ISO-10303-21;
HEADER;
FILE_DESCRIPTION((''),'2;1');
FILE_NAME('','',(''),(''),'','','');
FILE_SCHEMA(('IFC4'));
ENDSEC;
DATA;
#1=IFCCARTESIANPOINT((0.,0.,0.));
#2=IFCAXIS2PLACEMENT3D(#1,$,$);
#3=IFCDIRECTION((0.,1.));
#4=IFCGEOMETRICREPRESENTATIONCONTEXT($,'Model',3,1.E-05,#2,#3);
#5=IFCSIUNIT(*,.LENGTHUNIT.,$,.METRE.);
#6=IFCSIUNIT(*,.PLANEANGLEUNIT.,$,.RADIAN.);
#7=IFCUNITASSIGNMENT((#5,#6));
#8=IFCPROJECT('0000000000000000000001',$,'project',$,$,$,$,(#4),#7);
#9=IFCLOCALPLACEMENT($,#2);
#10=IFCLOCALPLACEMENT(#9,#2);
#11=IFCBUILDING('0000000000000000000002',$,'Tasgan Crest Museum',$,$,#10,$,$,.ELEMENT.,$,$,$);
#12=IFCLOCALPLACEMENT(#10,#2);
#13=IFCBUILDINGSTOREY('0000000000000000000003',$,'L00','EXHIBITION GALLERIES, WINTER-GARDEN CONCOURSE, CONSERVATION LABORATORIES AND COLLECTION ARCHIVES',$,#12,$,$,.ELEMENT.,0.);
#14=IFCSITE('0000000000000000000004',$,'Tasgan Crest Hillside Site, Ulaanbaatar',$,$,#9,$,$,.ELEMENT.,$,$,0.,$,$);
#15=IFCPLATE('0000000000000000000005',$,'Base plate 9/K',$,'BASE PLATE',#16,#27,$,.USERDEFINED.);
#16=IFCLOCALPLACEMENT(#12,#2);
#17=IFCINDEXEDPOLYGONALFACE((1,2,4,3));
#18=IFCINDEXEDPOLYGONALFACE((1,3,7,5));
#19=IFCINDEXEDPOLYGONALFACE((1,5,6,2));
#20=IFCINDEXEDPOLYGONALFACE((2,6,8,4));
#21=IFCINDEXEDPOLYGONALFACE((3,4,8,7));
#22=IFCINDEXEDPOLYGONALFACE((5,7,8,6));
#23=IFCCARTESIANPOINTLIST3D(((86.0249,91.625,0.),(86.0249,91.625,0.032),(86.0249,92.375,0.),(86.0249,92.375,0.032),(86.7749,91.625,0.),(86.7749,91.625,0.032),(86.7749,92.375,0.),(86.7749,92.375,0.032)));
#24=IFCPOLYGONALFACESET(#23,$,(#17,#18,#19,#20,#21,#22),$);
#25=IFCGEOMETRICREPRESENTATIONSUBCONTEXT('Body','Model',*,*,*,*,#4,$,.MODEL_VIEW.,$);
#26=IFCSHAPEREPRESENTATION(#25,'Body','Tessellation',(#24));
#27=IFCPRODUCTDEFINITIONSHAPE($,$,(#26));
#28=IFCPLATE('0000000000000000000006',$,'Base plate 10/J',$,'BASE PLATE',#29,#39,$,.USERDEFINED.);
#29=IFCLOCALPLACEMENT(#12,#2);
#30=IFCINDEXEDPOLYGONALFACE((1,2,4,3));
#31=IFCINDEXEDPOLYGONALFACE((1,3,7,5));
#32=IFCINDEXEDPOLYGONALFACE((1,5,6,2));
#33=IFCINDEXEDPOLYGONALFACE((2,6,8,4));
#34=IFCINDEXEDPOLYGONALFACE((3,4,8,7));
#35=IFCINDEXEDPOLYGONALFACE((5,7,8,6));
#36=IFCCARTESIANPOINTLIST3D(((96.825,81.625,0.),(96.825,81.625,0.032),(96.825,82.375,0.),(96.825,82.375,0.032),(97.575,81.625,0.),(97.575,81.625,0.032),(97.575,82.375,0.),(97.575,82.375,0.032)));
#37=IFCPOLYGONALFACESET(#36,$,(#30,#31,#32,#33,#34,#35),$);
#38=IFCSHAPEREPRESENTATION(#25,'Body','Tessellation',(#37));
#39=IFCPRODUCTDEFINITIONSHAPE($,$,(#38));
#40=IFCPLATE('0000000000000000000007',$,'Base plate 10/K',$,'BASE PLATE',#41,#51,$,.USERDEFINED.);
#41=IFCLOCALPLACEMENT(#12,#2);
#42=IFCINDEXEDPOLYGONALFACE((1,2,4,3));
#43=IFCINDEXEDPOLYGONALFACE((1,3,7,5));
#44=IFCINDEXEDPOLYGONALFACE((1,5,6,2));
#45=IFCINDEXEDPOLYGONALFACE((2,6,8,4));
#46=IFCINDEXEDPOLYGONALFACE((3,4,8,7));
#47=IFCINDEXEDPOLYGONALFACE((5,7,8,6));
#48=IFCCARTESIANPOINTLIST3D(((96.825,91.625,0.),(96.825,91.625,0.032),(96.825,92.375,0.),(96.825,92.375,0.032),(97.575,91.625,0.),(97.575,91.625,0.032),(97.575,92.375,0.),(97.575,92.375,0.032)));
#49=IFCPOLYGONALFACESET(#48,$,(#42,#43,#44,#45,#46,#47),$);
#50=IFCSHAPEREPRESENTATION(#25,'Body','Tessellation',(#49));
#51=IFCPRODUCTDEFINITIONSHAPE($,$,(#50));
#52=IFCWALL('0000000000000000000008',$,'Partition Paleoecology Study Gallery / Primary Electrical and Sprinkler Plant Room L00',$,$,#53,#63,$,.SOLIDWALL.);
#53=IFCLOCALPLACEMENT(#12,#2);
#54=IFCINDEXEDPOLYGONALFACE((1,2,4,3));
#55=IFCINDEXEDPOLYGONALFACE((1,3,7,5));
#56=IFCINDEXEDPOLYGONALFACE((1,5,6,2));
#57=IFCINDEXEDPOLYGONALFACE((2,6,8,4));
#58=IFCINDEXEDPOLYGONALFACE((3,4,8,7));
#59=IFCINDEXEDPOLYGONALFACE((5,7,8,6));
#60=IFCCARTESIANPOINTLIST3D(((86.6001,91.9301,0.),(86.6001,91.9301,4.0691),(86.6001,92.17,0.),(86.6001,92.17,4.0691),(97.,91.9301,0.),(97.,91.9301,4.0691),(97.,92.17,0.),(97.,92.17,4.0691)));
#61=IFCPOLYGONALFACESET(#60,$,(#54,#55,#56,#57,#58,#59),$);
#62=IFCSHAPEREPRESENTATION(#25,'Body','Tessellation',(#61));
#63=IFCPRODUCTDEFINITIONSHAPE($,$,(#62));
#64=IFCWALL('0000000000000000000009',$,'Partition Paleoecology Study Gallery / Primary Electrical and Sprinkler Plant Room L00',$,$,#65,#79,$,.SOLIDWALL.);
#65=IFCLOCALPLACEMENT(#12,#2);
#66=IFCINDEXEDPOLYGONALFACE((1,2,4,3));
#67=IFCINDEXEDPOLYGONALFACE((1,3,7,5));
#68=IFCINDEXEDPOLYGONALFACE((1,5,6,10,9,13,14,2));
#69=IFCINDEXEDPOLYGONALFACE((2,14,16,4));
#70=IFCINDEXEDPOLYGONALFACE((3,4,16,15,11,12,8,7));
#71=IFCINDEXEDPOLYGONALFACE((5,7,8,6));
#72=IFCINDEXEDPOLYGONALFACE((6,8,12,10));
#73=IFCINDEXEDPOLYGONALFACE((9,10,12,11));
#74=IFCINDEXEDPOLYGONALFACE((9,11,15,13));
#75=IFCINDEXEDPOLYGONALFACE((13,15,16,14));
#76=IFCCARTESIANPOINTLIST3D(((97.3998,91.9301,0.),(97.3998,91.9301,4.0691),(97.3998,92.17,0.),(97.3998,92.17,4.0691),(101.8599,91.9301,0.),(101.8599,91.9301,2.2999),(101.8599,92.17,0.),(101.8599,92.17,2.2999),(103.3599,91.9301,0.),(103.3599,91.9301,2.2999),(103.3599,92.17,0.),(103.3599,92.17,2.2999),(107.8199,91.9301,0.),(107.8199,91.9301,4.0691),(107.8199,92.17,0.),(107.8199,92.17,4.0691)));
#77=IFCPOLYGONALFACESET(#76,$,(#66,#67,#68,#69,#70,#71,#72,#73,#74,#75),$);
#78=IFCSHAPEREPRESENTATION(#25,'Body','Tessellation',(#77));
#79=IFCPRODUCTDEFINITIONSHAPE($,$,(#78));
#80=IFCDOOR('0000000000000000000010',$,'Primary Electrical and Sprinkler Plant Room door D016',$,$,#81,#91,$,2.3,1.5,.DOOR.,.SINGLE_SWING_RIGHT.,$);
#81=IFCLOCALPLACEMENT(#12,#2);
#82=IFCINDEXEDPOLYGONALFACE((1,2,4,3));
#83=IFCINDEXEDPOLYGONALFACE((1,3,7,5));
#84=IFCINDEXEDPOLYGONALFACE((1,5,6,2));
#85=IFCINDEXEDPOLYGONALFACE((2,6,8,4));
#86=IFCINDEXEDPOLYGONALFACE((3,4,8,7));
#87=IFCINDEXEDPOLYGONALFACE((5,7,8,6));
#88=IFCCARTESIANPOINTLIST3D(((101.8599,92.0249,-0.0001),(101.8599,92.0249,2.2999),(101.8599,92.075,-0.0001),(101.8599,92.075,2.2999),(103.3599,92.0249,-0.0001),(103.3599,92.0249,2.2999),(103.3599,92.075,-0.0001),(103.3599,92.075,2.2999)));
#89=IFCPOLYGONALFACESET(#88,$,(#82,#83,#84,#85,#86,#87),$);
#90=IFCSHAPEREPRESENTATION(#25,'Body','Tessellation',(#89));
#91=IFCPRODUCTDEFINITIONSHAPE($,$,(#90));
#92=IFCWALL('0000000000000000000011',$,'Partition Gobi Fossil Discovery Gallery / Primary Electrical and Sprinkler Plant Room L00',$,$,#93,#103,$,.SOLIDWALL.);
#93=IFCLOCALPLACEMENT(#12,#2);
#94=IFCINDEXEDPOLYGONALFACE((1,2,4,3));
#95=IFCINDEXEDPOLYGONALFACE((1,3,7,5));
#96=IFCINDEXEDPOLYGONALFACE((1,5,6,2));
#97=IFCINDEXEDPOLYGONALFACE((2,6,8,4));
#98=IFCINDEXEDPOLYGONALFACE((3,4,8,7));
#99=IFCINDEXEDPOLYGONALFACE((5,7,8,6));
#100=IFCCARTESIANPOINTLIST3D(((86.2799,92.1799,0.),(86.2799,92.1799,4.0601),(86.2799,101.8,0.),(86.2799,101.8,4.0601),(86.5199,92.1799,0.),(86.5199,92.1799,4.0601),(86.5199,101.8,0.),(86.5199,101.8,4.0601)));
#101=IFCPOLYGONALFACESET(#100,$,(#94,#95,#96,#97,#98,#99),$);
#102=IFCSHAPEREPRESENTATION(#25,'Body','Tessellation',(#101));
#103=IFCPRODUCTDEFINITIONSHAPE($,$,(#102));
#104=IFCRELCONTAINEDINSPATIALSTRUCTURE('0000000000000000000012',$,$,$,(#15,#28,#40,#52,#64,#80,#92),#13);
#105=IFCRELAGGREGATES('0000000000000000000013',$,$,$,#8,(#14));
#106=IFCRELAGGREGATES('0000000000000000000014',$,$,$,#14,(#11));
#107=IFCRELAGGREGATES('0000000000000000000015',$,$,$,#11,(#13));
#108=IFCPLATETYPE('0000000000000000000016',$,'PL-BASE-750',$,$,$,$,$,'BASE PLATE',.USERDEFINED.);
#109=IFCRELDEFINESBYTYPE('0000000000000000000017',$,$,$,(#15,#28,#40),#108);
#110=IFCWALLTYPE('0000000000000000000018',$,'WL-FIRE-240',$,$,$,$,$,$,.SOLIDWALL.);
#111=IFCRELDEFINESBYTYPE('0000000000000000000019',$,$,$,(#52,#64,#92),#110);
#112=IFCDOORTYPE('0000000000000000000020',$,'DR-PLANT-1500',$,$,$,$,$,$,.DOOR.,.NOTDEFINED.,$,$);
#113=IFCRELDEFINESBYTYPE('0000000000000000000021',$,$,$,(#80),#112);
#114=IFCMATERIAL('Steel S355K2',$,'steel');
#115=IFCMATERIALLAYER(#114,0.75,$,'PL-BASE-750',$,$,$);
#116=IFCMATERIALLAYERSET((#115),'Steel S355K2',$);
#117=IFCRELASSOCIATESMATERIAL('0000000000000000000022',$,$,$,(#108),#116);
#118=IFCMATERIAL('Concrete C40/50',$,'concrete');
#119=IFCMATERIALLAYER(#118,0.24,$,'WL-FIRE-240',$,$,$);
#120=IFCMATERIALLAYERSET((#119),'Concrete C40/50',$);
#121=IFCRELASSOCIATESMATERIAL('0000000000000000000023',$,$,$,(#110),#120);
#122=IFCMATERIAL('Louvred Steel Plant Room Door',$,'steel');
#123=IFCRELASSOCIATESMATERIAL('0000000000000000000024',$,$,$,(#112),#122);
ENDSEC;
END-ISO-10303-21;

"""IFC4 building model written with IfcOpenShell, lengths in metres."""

from ifc_helpers import new_model, si_unit, direction, frame, frame_2d, origin, origin_2d, place, context, subcontext, project, spatial, rectangle, extrude, material, layer, layer_set, type_object, element, fill, save


model = new_model("IFC4")

# Units and contexts
model_context = context("Model", 3, precision=1e-05, world=origin(), true_north=direction((0.0, 1.0)))
body_context = subcontext(model_context, "Body", "Model", "MODEL_VIEW")
ifc_project = project(units=[si_unit("LENGTHUNIT", "METRE"), si_unit("PLANEANGLEUNIT", "RADIAN")], contexts=[model_context])

# Site, building, storey
site_placement = place(None, origin())
site = spatial("IfcSite", under=ifc_project, at=site_placement, Name="Tasgan Crest Hillside Site, Ulaanbaatar", CompositionType="ELEMENT", RefElevation=0.0)
building_placement = place(site_placement, origin())
building = spatial("IfcBuilding", under=site, at=building_placement, Name="Tasgan Crest Museum", CompositionType="ELEMENT")
storey_placement = place(building_placement, origin())
storey = spatial("IfcBuildingStorey", under=building, at=storey_placement, Name="L00", Description="EXHIBITION GALLERIES, WINTER-GARDEN CONCOURSE, CONSERVATION LABORATORIES AND COLLECTION ARCHIVES", CompositionType="ELEMENT", Elevation=0.0)

# Plates
ifc_material_1 = material(Name="Steel S355K2", Category="steel")
ifc_layer_1 = layer(ifc_material_1, 0.75, Name="PL-BASE-750")
ifc_layer_set_1 = layer_set([ifc_layer_1], Name="Steel S355K2")
plate_type = type_object("IfcPlateType", Name="PL-BASE-750", ElementType="BASE PLATE", PredefinedType="USERDEFINED", material=ifc_layer_set_1)
for number, where, z_axis, x_axis, name in (
    (1, (86.3999, 92.0, 0.0), (0.0, 0.0, 1.0), (1.0, 0.0, 0.0), "Base plate 9/K"),
    (2, (97.2, 82.0, 0.0), (0.0, 0.0, 1.0), (1.0, 0.0, 0.0), "Base plate 10/J"),
    (3, (97.2, 92.0, 0.0), (0.0, 0.0, 1.0), (1.0, 0.0, 0.0), "Base plate 10/K"),
):
    element("IfcPlate", number, at=place(storey_placement, frame(where, z_axis=z_axis, x_axis=x_axis)), inside=storey, type_object=plate_type, Name=name, ObjectType="BASE PLATE", PredefinedType="USERDEFINED", context=body_context, shape_type="SweptSolid", body=[
        extrude(rectangle(XDim=0.75, YDim=0.75, at=origin_2d()), origin(), (0.0, 0.0, 1.0), 0.032),
    ])

# Wall
ifc_material_2 = material(Name="Concrete C40/50", Category="concrete")
ifc_layer_2 = layer(ifc_material_2, 0.24, Name="WL-FIRE-240")
ifc_layer_set_2 = layer_set([ifc_layer_2], Name="Concrete C40/50")
wall_type = type_object("IfcWallType", Name="WL-FIRE-240", PredefinedType="SOLIDWALL", material=ifc_layer_set_2)
wall_1_placement = place(storey_placement, frame((86.6001, 92.05, 0.0), z_axis=(0.0, 0.0, 1.0), x_axis=(1.0, 0.0, 0.0)))
element("IfcWall", 4, at=wall_1_placement, inside=storey, type_object=wall_type, Name="Partition Paleoecology Study Gallery / Primary Electrical and Sprinkler Plant Room L00", PredefinedType="SOLIDWALL", context=body_context, shape_type="SweptSolid", body=[
    extrude(rectangle(XDim=10.3999, YDim=0.24, at=frame_2d((5.2, 0.0))), origin(), (0.0, 0.0, 1.0), 4.0691),
])

# Wall, opening, door
wall_2_placement = place(storey_placement, frame((97.3999, 92.05, 0.0), z_axis=(0.0, 0.0, 1.0), x_axis=(1.0, 0.0, 0.0)))
wall_2 = element("IfcWall", 5, at=wall_2_placement, inside=storey, type_object=wall_type, Name="Partition Paleoecology Study Gallery / Primary Electrical and Sprinkler Plant Room L00", PredefinedType="SOLIDWALL", context=body_context, shape_type="SweptSolid", body=[
    extrude(rectangle(XDim=10.4202, YDim=0.24, at=frame_2d((5.21, 0.0))), origin(), (0.0, 0.0, 1.0), 4.0691),
])
opening_placement = place(wall_2_placement, frame((4.46, 0.0, 0.0)))
opening = element("IfcOpeningElement", 6, at=opening_placement, cuts=wall_2, PredefinedType="OPENING", context=body_context, shape_type="SweptSolid", body=[
    extrude(rectangle(XDim=1.5, YDim=2.3, at=frame_2d((0.75, 1.1499))), frame((0.0, 0.1299, 0.0), z_axis=(0.0, -1.0, 0.0), x_axis=(1.0, 0.0, 0.0)), (0.0, 0.0, 1.0), 0.26),
])
ifc_material_3 = material(Name="Louvred Steel Plant Room Door", Category="steel")
door_type = type_object("IfcDoorType", Name="DR-PLANT-1500", OperationType="NOTDEFINED", PredefinedType="DOOR", material=ifc_material_3)
door_placement = place(opening_placement, origin())
door = element("IfcDoor", 7, at=door_placement, inside=storey, type_object=door_type, Name="Primary Electrical and Sprinkler Plant Room door D016", OperationType="SINGLE_SWING_RIGHT", OverallHeight=2.3, OverallWidth=1.5, PredefinedType="DOOR", context=body_context, shape_type="SweptSolid", body=[
    extrude(rectangle(XDim=1.5, YDim=2.3, at=frame_2d((0.75, 1.1499))), frame((0.0, 0.0249, 0.0), z_axis=(0.0, -1.0, 0.0), x_axis=(1.0, 0.0, 0.0)), (0.0, 0.0, 1.0), 0.05),
])
fill(opening, door)

# Wall
wall_3_placement = place(storey_placement, frame((86.3999, 92.1799, 0.0), z_axis=(0.0, 0.0, 1.0), x_axis=(0.0, 1.0, 0.0)))
element("IfcWall", 8, at=wall_3_placement, inside=storey, type_object=wall_type, Name="Partition Gobi Fossil Discovery Gallery / Primary Electrical and Sprinkler Plant Room L00", PredefinedType="SOLIDWALL", context=body_context, shape_type="SweptSolid", body=[
    extrude(rectangle(XDim=9.6201, YDim=0.24, at=frame_2d((4.8101, 0.0))), origin(), (0.0, 0.0, 1.0), 4.0601),
])

save(model, "model.ifc")
